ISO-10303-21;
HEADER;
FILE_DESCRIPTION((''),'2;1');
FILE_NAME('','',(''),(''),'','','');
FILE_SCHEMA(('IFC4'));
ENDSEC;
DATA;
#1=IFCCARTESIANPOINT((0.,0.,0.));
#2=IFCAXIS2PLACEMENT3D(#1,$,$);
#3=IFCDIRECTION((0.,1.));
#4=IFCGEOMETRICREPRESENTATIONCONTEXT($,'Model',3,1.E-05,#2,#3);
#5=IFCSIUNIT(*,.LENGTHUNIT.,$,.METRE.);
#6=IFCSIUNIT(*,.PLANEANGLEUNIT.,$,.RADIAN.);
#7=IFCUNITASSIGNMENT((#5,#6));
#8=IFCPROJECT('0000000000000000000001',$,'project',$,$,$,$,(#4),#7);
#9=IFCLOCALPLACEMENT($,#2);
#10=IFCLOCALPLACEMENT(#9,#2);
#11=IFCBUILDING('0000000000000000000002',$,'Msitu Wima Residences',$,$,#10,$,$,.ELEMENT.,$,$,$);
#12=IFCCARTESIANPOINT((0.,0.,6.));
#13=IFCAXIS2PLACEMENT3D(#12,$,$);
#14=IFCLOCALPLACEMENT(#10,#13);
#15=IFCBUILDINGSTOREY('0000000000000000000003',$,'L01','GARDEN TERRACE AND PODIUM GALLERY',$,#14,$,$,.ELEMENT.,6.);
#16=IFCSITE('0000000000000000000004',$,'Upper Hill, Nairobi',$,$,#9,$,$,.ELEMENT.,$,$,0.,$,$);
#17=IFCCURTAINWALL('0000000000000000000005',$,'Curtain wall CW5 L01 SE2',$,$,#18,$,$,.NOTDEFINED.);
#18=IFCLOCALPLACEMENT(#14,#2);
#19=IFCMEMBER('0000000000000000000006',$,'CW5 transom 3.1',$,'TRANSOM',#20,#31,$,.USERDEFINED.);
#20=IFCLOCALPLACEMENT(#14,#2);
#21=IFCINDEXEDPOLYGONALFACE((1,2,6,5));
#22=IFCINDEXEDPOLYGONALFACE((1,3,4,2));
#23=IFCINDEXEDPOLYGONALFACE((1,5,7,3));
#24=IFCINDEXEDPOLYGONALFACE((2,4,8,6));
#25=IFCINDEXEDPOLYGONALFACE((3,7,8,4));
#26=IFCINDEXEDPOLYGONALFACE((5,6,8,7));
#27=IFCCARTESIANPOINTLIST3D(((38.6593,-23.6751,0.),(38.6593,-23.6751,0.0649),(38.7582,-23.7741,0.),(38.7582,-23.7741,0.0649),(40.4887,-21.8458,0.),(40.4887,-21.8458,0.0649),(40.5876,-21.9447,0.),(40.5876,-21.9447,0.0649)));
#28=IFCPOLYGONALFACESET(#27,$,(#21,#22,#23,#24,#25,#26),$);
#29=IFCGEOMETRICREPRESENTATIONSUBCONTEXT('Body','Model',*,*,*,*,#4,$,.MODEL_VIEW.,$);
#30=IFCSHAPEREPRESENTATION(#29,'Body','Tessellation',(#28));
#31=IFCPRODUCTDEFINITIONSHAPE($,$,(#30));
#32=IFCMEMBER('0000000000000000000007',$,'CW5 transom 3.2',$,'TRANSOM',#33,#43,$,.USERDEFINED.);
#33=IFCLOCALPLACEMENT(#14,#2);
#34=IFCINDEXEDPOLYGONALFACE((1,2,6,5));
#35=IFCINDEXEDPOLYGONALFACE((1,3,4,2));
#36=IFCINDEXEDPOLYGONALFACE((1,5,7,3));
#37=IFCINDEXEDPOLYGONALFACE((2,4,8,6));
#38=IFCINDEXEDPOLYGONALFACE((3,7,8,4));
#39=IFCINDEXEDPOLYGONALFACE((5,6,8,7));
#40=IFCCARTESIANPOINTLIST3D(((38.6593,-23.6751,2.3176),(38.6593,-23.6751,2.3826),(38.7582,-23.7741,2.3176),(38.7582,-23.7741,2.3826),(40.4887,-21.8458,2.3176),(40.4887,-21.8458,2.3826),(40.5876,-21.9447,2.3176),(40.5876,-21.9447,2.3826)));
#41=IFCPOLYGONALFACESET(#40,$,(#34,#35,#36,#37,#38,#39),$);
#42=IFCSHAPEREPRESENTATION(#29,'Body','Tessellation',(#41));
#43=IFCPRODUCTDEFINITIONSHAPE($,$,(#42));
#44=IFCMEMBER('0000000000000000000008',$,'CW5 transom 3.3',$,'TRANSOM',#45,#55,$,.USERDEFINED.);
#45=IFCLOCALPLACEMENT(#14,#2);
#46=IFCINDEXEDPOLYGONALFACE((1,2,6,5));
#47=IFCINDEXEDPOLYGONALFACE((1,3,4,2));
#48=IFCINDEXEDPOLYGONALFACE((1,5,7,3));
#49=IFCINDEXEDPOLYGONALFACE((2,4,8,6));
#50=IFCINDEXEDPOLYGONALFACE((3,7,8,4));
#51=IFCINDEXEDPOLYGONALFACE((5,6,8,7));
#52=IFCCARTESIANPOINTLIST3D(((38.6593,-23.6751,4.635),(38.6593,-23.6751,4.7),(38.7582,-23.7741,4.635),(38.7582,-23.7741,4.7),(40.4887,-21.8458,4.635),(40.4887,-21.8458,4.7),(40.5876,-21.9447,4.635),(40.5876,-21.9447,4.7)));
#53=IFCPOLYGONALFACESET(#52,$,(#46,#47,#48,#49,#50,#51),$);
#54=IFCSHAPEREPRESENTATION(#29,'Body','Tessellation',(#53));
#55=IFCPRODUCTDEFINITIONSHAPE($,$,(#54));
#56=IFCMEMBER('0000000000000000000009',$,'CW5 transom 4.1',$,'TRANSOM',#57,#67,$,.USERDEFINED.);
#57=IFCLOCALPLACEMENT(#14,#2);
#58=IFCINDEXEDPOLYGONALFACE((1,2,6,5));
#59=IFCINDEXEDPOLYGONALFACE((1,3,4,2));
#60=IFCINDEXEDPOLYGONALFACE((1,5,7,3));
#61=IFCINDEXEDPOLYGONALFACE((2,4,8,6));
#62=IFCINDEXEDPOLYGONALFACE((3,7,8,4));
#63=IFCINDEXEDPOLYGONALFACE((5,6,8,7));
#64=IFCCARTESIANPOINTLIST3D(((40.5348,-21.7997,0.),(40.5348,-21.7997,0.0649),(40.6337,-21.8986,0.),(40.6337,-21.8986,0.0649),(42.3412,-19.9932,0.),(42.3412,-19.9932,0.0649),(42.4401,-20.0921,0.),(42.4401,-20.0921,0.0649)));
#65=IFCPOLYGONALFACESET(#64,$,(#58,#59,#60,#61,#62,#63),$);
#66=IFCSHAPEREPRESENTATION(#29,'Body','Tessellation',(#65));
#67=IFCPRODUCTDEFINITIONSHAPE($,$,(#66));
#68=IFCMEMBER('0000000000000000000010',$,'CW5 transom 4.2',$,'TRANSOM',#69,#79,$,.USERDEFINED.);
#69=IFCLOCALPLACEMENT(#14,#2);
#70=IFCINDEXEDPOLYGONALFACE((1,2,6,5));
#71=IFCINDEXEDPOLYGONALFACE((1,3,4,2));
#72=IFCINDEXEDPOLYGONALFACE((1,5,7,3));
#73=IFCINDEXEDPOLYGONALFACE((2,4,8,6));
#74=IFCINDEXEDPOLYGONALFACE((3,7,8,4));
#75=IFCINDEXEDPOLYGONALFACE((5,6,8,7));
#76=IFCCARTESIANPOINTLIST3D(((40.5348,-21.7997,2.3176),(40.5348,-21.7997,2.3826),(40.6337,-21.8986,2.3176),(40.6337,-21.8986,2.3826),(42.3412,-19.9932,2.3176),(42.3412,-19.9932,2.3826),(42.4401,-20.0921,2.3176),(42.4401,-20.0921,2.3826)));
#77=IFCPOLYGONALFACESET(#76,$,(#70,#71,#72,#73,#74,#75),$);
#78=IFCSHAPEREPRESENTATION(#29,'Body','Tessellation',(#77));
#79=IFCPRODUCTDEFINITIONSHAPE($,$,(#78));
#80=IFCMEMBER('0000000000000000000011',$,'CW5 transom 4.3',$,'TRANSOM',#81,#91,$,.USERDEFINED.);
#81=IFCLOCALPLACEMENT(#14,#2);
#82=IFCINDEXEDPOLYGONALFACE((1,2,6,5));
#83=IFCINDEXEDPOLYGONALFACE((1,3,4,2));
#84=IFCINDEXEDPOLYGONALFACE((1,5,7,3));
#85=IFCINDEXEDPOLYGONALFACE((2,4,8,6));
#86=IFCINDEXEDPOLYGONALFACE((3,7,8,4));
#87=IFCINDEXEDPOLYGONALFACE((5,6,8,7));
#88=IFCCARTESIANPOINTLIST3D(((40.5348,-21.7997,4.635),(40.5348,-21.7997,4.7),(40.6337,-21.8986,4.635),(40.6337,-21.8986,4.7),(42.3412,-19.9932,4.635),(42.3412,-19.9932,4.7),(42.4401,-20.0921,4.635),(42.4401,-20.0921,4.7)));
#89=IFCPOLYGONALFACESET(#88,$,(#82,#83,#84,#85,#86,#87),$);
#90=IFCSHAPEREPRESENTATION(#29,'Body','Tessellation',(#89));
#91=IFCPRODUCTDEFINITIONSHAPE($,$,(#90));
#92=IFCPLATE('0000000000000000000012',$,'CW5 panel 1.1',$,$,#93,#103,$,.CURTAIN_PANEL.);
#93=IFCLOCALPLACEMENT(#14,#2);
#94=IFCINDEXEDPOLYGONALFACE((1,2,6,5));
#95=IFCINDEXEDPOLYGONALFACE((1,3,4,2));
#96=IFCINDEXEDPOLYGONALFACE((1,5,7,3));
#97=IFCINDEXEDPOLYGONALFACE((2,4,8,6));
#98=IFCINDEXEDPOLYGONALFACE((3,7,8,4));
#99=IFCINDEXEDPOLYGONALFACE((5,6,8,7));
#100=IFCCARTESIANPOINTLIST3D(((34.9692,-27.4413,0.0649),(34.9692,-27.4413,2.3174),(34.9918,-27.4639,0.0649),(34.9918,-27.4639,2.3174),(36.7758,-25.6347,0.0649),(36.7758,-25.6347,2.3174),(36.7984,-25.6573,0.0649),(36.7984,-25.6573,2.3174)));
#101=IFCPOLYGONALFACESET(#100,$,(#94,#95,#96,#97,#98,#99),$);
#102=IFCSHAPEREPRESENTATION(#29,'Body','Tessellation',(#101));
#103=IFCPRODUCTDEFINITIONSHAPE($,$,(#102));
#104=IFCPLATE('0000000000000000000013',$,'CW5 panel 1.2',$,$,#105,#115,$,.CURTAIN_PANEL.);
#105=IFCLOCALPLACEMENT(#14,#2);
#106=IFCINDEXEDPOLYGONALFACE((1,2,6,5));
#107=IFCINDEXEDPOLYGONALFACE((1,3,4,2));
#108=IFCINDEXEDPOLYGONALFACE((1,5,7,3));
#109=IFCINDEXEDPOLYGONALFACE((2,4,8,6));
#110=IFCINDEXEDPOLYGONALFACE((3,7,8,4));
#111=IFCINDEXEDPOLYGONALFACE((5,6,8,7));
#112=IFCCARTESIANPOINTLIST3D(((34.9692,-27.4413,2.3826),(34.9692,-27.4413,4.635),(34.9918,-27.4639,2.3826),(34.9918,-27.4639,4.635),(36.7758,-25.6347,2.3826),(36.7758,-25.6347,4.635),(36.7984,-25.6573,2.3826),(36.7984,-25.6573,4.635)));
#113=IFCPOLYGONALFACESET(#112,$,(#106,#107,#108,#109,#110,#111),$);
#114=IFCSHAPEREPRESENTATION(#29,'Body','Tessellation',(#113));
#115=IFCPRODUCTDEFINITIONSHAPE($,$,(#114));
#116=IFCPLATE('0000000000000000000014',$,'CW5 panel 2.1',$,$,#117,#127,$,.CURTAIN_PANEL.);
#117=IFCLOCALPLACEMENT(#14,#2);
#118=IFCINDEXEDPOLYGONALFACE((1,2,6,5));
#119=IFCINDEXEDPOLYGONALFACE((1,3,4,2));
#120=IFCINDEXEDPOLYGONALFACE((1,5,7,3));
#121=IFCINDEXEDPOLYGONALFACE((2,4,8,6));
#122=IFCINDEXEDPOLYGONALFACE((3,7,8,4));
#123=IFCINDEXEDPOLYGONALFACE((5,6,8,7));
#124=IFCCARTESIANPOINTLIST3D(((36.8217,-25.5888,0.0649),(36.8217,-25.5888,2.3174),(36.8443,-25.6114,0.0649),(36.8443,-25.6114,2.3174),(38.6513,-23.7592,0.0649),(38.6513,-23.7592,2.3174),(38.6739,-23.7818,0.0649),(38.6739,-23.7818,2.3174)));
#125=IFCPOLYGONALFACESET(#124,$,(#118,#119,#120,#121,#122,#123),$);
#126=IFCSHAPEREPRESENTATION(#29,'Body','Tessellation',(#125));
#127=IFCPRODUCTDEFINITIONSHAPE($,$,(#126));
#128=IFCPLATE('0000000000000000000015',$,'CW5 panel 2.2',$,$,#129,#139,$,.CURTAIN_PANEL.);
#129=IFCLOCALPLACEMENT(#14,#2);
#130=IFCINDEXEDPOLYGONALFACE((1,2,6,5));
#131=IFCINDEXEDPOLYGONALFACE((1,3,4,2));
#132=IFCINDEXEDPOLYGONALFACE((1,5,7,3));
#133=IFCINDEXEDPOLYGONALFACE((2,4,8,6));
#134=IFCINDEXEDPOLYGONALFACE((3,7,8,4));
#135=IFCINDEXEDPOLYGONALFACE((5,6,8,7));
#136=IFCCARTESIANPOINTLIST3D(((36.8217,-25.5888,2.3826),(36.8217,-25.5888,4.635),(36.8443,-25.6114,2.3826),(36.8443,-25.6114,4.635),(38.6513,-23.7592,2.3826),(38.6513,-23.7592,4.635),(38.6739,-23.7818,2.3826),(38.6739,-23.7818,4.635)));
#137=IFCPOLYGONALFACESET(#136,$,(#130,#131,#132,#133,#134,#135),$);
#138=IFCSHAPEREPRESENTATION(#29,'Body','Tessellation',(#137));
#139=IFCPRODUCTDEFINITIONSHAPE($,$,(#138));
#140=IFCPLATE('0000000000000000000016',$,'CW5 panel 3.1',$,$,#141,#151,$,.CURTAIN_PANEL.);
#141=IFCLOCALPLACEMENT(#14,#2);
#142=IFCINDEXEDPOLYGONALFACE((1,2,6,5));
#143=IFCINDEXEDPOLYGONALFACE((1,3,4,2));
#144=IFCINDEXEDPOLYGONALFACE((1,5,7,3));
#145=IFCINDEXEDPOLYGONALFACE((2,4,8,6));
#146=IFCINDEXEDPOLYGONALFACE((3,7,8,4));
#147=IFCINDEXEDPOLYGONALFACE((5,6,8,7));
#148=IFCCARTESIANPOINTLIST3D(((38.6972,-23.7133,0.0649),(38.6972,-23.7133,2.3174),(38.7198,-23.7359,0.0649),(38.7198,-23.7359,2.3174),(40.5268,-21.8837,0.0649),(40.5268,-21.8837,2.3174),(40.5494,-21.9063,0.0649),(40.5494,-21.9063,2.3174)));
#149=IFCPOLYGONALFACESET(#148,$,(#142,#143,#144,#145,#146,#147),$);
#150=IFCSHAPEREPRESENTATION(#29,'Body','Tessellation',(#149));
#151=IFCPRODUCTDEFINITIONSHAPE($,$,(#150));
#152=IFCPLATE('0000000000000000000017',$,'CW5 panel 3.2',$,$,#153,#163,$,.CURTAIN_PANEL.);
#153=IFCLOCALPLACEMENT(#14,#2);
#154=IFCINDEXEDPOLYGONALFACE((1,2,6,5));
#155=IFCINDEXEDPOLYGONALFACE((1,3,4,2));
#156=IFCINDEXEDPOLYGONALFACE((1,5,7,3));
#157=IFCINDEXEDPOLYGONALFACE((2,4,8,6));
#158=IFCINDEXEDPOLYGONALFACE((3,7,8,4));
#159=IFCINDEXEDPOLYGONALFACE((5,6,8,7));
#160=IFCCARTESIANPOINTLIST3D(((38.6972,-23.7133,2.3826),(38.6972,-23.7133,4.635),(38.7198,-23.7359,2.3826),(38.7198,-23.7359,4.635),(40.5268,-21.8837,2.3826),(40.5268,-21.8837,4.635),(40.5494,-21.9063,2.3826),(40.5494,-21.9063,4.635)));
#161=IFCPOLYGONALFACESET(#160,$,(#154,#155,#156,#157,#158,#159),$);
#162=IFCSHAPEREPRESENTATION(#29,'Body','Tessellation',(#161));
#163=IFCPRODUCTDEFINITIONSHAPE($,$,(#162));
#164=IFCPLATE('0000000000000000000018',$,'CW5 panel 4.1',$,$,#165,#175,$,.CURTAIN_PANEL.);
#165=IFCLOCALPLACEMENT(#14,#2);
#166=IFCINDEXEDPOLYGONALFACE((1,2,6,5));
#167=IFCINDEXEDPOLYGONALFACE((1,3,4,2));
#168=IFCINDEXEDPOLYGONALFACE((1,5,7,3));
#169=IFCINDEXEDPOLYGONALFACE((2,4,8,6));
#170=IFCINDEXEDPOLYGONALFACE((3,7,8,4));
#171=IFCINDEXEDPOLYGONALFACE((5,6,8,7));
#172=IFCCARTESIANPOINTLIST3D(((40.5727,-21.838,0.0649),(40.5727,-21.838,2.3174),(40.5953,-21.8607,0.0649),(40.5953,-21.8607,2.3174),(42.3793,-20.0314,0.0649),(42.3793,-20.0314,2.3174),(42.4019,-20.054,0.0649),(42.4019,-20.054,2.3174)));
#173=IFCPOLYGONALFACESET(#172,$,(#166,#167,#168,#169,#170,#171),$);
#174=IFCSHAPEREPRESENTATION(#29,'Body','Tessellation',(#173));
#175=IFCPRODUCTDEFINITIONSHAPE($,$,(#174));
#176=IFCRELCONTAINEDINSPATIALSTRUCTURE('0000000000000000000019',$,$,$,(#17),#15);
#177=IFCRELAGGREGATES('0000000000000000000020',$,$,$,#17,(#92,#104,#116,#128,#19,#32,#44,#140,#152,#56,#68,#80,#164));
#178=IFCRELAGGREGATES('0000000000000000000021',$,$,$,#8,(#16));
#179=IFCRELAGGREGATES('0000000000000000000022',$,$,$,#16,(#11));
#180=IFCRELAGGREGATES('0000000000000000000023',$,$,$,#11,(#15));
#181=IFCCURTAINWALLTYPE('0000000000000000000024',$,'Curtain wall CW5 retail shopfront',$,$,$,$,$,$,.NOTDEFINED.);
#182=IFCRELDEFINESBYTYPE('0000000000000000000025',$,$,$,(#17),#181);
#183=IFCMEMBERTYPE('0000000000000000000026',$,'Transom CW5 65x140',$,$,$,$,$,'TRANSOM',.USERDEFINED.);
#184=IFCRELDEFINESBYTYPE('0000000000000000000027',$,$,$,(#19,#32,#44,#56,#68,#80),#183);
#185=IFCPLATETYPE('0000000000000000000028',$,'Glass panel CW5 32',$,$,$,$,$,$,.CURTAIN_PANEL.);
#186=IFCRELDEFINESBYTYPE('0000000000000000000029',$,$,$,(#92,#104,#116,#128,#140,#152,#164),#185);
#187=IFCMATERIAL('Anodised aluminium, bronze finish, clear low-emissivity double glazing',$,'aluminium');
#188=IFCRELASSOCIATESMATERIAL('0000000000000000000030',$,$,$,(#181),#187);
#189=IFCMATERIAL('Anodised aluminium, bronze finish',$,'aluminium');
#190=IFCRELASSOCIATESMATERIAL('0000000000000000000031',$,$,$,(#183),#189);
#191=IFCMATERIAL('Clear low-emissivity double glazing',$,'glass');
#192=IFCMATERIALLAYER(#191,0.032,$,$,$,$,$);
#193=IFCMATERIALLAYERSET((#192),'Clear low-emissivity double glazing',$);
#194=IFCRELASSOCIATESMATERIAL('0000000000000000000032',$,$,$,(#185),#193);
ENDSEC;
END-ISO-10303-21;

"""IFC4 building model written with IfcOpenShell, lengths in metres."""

from ifc_helpers import new_model, si_unit, direction, frame, origin, origin_2d, place, context, subcontext, project, spatial, rectangle, extrude, material, layer, layer_set, material_profile, profile_set, type_object, element, aggregate, save


model = new_model("IFC4")

# Units and contexts
model_context = context("Model", 3, precision=1e-05, world=origin(), true_north=direction((0.0, 1.0)))
body_context = subcontext(model_context, "Body", "Model", "MODEL_VIEW")
ifc_project = project(units=[si_unit("LENGTHUNIT", "METRE"), si_unit("PLANEANGLEUNIT", "RADIAN")], contexts=[model_context])

# Site, building, storey
site_placement = place(None, origin())
site = spatial("IfcSite", under=ifc_project, at=site_placement, Name="Upper Hill, Nairobi", CompositionType="ELEMENT", RefElevation=0.0)
building_placement = place(site_placement, origin())
building = spatial("IfcBuilding", under=site, at=building_placement, Name="Msitu Wima Residences", CompositionType="ELEMENT")
storey_placement = place(building_placement, frame((0.0, 0.0, 6.0)))
storey = spatial("IfcBuildingStorey", under=building, at=storey_placement, Name="L01", Description="GARDEN TERRACE AND PODIUM GALLERY", CompositionType="ELEMENT", Elevation=6.0)

# Shared definitions
ifc_material_1 = material(Name="Anodised aluminium, bronze finish, clear low-emissivity double glazing", Category="aluminium")
curtain_wall_type = type_object("IfcCurtainWallType", Name="Curtain wall CW5 retail shopfront", PredefinedType="NOTDEFINED", material=ifc_material_1)
ifc_material_2 = material(Name="Anodised aluminium, bronze finish", Category="aluminium")

# Curtain wall
curtain_wall_1_placement = place(storey_placement, origin())
curtain_wall_1 = element("IfcCurtainWall", 1, at=curtain_wall_1_placement, inside=storey, type_object=curtain_wall_type, Name="Curtain wall CW5 L01 SE2", PredefinedType="NOTDEFINED")

# Members
ifc_material_profile_1 = material_profile(ifc_material_2, rectangle(XDim=0.1399, YDim=0.0649, at=origin_2d()), Name="Transom 65x140")
ifc_profile_set_1 = profile_set([ifc_material_profile_1], Name="Anodised aluminium, bronze finish")
member_type_1 = type_object("IfcMemberType", Name="Transom CW5 65x140", ElementType="TRANSOM", PredefinedType="USERDEFINED", material=ifc_profile_set_1)
member_1_placement = place(storey_placement, frame((38.7087, -23.7246, 0.0325), z_axis=(0.707107, 0.707107, 0.0), x_axis=(-0.707107, 0.707107, 0.0)))
member_1 = element("IfcMember", 2, at=member_1_placement, type_object=member_type_1, Name="CW5 transom 3.1", ObjectType="TRANSOM", PredefinedType="USERDEFINED", context=body_context, shape_type="SweptSolid", body=[
    extrude(rectangle(XDim=0.1399, YDim=0.0649, at=origin_2d()), origin(), (0.0, 0.0, 1.0), 2.5872),
])
member_2_placement = place(storey_placement, frame((38.7087, -23.7246, 2.3501), z_axis=(0.707107, 0.707107, 0.0), x_axis=(-0.707107, 0.707107, 0.0)))
member_2 = element("IfcMember", 3, at=member_2_placement, type_object=member_type_1, Name="CW5 transom 3.2", ObjectType="TRANSOM", PredefinedType="USERDEFINED", context=body_context, shape_type="SweptSolid", body=[
    extrude(rectangle(XDim=0.1399, YDim=0.0649, at=origin_2d()), origin(), (0.0, 0.0, 1.0), 2.5872),
])
member_3_placement = place(storey_placement, frame((38.7087, -23.7246, 4.6675), z_axis=(0.707107, 0.707107, 0.0), x_axis=(-0.707107, 0.707107, 0.0)))
member_3 = element("IfcMember", 4, at=member_3_placement, type_object=member_type_1, Name="CW5 transom 3.3", ObjectType="TRANSOM", PredefinedType="USERDEFINED", context=body_context, shape_type="SweptSolid", body=[
    extrude(rectangle(XDim=0.1399, YDim=0.0649, at=origin_2d()), origin(), (0.0, 0.0, 1.0), 2.5872),
])
member_4_placement = place(storey_placement, frame((40.5842, -21.8491, 0.0325), z_axis=(0.707107, 0.707107, 0.0), x_axis=(-0.707107, 0.707107, 0.0)))
member_4 = element("IfcMember", 5, at=member_4_placement, type_object=member_type_1, Name="CW5 transom 4.1", ObjectType="TRANSOM", PredefinedType="USERDEFINED", context=body_context, shape_type="SweptSolid", body=[
    extrude(rectangle(XDim=0.1399, YDim=0.0649, at=origin_2d()), origin(), (0.0, 0.0, 1.0), 2.5547),
])
member_5_placement = place(storey_placement, frame((40.5842, -21.8491, 2.3501), z_axis=(0.707107, 0.707107, 0.0), x_axis=(-0.707107, 0.707107, 0.0)))
member_5 = element("IfcMember", 6, at=member_5_placement, type_object=member_type_1, Name="CW5 transom 4.2", ObjectType="TRANSOM", PredefinedType="USERDEFINED", context=body_context, shape_type="SweptSolid", body=[
    extrude(rectangle(XDim=0.1399, YDim=0.0649, at=origin_2d()), origin(), (0.0, 0.0, 1.0), 2.5547),
])
member_6_placement = place(storey_placement, frame((40.5842, -21.8491, 4.6675), z_axis=(0.707107, 0.707107, 0.0), x_axis=(-0.707107, 0.707107, 0.0)))
member_6 = element("IfcMember", 7, at=member_6_placement, type_object=member_type_1, Name="CW5 transom 4.3", ObjectType="TRANSOM", PredefinedType="USERDEFINED", context=body_context, shape_type="SweptSolid", body=[
    extrude(rectangle(XDim=0.1399, YDim=0.0649, at=origin_2d()), origin(), (0.0, 0.0, 1.0), 2.5547),
])

# Plates
ifc_material_3 = material(Name="Clear low-emissivity double glazing", Category="glass")
ifc_layer = layer(ifc_material_3, 0.032)
ifc_layer_set = layer_set([ifc_layer], Name="Clear low-emissivity double glazing")
plate_type = type_object("IfcPlateType", Name="Glass panel CW5 32", PredefinedType="CURTAIN_PANEL", material=ifc_layer_set)
plate_1_placement = place(storey_placement, frame((35.8838, -26.5493, 0.0649), z_axis=(0.0, 0.0, 1.0), x_axis=(0.707107, 0.707107, 0.0)))
plate_1 = element("IfcPlate", 8, at=plate_1_placement, type_object=plate_type, Name="CW5 panel 1.1", PredefinedType="CURTAIN_PANEL", context=body_context, shape_type="SweptSolid", body=[
    extrude(rectangle(XDim=2.5549, YDim=0.032, at=origin_2d()), origin(), (0.0, 0.0, 1.0), 2.2524),
])
plate_2_placement = place(storey_placement, frame((35.8838, -26.5493, 2.3826), z_axis=(0.0, 0.0, 1.0), x_axis=(0.707107, 0.707107, 0.0)))
plate_2 = element("IfcPlate", 9, at=plate_2_placement, type_object=plate_type, Name="CW5 panel 1.2", PredefinedType="CURTAIN_PANEL", context=body_context, shape_type="SweptSolid", body=[
    extrude(rectangle(XDim=2.5549, YDim=0.032, at=origin_2d()), origin(), (0.0, 0.0, 1.0), 2.2524),
])
plate_3_placement = place(storey_placement, frame((37.7478, -24.6853, 0.0649), z_axis=(0.0, 0.0, 1.0), x_axis=(0.707107, 0.707107, 0.0)))
plate_3 = element("IfcPlate", 10, at=plate_3_placement, type_object=plate_type, Name="CW5 panel 2.1", PredefinedType="CURTAIN_PANEL", context=body_context, shape_type="SweptSolid", body=[
    extrude(rectangle(XDim=2.5874, YDim=0.032, at=origin_2d()), origin(), (0.0, 0.0, 1.0), 2.2524),
])
plate_4_placement = place(storey_placement, frame((37.7478, -24.6853, 2.3826), z_axis=(0.0, 0.0, 1.0), x_axis=(0.707107, 0.707107, 0.0)))
plate_4 = element("IfcPlate", 11, at=plate_4_placement, type_object=plate_type, Name="CW5 panel 2.2", PredefinedType="CURTAIN_PANEL", context=body_context, shape_type="SweptSolid", body=[
    extrude(rectangle(XDim=2.5874, YDim=0.032, at=origin_2d()), origin(), (0.0, 0.0, 1.0), 2.2524),
])
plate_5_placement = place(storey_placement, frame((39.6233, -22.8098, 0.0649), z_axis=(0.0, 0.0, 1.0), x_axis=(0.707107, 0.707107, 0.0)))
plate_5 = element("IfcPlate", 12, at=plate_5_placement, type_object=plate_type, Name="CW5 panel 3.1", PredefinedType="CURTAIN_PANEL", context=body_context, shape_type="SweptSolid", body=[
    extrude(rectangle(XDim=2.5874, YDim=0.032, at=origin_2d()), origin(), (0.0, 0.0, 1.0), 2.2524),
])
plate_6_placement = place(storey_placement, frame((39.6233, -22.8098, 2.3826), z_axis=(0.0, 0.0, 1.0), x_axis=(0.707107, 0.707107, 0.0)))
plate_6 = element("IfcPlate", 13, at=plate_6_placement, type_object=plate_type, Name="CW5 panel 3.2", PredefinedType="CURTAIN_PANEL", context=body_context, shape_type="SweptSolid", body=[
    extrude(rectangle(XDim=2.5874, YDim=0.032, at=origin_2d()), origin(), (0.0, 0.0, 1.0), 2.2524),
])
plate_7_placement = place(storey_placement, frame((41.4873, -20.946, 0.0649), z_axis=(0.0, 0.0, 1.0), x_axis=(0.707107, 0.707107, 0.0)))
plate_7 = element("IfcPlate", 14, at=plate_7_placement, type_object=plate_type, Name="CW5 panel 4.1", PredefinedType="CURTAIN_PANEL", context=body_context, shape_type="SweptSolid", body=[
    extrude(rectangle(XDim=2.5549, YDim=0.032, at=origin_2d()), origin(), (0.0, 0.0, 1.0), 2.2524),
])
aggregate(curtain_wall_1, [plate_1, plate_2, plate_3, plate_4, member_1, member_2, member_3, plate_5, plate_6, member_4, member_5, member_6, plate_7])

save(model, "model.ifc")
